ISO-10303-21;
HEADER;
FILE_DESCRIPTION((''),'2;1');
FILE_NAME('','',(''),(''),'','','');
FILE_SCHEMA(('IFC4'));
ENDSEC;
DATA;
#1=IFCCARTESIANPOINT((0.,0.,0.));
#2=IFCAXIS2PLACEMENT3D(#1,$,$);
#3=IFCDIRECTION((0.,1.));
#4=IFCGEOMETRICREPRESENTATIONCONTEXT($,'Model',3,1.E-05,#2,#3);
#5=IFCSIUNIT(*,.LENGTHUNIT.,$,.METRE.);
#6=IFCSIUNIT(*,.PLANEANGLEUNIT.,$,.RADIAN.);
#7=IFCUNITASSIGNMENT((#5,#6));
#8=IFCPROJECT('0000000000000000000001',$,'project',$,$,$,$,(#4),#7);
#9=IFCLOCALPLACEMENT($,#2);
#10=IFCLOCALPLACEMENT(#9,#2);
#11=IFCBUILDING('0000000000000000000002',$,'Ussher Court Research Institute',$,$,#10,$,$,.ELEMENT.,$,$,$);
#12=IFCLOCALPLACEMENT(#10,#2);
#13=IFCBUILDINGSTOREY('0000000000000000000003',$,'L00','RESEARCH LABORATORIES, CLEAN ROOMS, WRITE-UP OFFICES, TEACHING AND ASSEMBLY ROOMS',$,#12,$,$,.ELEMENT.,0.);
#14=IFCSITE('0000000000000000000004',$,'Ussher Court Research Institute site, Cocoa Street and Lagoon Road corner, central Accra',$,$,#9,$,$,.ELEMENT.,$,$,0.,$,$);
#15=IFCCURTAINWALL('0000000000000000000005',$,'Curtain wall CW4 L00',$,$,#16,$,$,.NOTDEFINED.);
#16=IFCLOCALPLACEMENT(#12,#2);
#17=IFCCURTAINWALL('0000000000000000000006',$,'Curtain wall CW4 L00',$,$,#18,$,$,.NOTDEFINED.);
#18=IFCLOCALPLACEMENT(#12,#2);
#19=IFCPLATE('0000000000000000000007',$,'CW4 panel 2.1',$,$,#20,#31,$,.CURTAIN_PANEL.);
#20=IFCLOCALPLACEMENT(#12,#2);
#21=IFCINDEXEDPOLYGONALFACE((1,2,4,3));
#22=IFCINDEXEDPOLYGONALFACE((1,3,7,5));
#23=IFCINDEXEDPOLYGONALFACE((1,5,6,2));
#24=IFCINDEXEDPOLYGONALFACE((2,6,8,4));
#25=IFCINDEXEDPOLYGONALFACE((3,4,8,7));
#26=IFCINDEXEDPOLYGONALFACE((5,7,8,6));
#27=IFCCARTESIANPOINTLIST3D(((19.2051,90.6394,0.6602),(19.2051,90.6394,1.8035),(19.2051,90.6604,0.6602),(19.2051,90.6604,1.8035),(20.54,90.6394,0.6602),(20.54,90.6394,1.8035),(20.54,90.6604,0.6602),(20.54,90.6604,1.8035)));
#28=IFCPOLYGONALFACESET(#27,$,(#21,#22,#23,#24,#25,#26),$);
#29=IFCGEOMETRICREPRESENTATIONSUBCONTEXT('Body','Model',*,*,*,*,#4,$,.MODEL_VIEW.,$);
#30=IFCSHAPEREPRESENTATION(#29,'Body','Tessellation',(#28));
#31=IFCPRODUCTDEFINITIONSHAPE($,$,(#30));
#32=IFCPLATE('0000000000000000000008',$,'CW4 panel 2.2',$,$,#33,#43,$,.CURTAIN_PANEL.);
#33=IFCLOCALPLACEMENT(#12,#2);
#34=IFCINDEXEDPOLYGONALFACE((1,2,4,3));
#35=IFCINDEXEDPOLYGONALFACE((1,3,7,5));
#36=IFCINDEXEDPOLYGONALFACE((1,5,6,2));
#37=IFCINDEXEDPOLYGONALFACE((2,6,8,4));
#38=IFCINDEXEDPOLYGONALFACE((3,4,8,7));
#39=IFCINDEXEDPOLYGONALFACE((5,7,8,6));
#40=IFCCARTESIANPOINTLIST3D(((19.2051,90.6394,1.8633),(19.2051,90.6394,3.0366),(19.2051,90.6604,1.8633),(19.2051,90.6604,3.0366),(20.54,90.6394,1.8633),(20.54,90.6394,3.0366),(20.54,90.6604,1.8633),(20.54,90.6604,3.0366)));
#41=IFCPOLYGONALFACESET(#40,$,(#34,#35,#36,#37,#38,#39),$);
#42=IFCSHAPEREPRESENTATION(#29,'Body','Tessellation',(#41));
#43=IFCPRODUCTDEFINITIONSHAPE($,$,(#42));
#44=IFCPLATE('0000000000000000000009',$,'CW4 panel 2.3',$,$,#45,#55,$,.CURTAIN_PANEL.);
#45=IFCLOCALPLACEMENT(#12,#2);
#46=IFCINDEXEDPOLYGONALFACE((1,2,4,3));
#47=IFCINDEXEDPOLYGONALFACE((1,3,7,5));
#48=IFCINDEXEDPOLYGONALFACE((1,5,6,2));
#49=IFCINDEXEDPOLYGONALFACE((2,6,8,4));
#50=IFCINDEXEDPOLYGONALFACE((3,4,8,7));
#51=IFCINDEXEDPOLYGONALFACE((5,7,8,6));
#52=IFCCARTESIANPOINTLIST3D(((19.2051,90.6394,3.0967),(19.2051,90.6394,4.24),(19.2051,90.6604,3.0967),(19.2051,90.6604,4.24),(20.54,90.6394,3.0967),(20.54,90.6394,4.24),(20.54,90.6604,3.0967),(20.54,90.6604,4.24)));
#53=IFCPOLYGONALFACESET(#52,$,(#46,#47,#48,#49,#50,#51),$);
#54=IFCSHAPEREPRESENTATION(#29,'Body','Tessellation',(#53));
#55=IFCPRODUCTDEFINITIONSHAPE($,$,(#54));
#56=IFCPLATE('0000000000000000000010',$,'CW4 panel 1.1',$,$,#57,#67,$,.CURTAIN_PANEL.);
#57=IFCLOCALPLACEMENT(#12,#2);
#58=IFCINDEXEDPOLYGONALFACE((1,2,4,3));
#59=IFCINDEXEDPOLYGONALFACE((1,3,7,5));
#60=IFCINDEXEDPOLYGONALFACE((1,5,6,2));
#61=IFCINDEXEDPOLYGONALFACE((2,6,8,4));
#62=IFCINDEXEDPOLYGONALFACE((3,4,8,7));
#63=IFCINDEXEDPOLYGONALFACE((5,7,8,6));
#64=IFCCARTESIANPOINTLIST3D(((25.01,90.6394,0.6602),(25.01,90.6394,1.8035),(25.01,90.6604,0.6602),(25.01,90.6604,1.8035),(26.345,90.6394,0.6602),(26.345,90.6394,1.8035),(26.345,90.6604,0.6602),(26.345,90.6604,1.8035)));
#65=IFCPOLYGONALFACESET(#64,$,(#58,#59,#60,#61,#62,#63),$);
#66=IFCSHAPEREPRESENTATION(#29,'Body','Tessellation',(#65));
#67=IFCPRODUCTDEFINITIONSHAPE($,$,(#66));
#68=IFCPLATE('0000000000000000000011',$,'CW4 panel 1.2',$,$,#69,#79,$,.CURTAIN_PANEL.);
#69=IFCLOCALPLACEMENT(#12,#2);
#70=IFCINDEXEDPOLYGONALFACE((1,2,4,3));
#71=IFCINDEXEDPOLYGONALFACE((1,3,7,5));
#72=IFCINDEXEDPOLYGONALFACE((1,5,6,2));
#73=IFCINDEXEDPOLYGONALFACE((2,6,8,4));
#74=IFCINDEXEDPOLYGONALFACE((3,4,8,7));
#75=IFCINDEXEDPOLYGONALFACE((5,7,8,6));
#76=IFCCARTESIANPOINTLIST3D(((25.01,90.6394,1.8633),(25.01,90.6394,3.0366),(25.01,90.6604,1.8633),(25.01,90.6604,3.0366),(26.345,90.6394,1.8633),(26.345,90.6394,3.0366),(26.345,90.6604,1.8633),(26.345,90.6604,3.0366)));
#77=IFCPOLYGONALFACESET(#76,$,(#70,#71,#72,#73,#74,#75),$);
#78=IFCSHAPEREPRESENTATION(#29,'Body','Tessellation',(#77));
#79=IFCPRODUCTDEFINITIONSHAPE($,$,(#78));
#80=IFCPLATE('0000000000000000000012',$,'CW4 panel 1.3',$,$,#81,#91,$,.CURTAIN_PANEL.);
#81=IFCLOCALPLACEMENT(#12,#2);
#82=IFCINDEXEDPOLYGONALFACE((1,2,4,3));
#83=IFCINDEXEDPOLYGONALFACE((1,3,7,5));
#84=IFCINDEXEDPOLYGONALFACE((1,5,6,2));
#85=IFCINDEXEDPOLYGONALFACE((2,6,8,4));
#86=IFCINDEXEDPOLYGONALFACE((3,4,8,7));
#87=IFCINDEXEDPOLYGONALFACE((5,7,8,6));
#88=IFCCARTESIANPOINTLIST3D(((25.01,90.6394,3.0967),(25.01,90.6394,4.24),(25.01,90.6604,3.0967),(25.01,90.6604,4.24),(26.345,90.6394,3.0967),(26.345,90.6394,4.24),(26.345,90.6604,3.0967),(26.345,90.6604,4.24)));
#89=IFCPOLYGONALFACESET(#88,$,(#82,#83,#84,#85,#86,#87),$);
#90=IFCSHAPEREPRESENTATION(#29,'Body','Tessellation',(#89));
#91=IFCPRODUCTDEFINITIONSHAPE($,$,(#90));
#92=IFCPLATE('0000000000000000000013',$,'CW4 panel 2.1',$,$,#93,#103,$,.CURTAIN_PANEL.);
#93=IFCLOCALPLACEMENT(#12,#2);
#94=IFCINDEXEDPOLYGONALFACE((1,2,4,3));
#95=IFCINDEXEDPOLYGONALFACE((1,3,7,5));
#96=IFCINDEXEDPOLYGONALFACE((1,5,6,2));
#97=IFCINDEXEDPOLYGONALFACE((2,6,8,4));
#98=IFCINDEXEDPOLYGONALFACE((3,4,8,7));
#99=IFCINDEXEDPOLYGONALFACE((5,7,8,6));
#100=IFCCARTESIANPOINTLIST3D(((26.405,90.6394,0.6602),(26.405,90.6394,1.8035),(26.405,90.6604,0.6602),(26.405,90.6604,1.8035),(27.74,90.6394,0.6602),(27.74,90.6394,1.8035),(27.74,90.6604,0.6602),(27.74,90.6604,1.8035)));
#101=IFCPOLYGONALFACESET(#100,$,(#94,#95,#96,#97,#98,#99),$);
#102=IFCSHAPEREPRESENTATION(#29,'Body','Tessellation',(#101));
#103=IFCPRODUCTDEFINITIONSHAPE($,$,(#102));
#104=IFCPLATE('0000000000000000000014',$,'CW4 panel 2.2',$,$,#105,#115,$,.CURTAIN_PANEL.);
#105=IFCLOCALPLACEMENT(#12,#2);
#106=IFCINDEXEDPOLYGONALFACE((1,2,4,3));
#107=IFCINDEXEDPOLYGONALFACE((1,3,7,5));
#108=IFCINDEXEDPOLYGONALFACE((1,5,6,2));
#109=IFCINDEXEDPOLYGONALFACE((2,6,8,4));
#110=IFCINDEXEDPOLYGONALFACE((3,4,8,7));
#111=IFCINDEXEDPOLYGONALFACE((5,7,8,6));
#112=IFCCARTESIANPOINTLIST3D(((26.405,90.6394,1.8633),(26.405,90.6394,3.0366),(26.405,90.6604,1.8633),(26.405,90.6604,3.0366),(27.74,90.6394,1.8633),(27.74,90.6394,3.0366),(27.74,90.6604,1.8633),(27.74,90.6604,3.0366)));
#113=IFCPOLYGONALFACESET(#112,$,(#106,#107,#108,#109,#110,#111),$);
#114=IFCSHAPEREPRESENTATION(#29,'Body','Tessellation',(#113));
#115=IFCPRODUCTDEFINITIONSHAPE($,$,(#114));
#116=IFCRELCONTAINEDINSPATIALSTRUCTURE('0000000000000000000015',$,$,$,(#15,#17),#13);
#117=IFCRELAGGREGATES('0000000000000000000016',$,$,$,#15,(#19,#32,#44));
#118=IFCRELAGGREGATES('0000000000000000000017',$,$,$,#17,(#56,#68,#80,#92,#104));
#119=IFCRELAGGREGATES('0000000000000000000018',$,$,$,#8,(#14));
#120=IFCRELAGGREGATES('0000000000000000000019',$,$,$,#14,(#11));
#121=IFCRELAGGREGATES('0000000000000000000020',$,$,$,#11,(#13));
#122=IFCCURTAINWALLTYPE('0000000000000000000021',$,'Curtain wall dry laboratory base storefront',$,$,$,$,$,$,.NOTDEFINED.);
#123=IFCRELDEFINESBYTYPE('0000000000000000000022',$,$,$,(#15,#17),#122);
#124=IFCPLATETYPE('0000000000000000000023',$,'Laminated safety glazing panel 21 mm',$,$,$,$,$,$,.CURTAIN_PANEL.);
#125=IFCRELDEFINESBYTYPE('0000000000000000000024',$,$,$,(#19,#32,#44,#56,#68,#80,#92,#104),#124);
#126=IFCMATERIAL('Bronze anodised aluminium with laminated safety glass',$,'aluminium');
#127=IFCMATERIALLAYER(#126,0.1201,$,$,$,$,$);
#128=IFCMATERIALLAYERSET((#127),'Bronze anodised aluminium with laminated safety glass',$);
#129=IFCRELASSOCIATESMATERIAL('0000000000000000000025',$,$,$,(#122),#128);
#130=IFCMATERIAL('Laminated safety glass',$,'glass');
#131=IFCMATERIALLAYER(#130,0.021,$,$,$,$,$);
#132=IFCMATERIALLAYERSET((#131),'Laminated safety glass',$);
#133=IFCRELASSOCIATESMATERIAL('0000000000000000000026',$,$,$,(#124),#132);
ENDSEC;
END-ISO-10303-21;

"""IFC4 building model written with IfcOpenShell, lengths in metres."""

from ifc_helpers import new_model, si_unit, direction, frame, origin, origin_2d, place, context, subcontext, project, spatial, rectangle, extrude, material, layer, layer_set, type_object, element, aggregate, save


model = new_model("IFC4")

# Units and contexts
model_context = context("Model", 3, precision=1e-05, world=origin(), true_north=direction((0.0, 1.0)))
body_context = subcontext(model_context, "Body", "Model", "MODEL_VIEW")
ifc_project = project(units=[si_unit("LENGTHUNIT", "METRE"), si_unit("PLANEANGLEUNIT", "RADIAN")], contexts=[model_context])

# Site, building, storey
site_placement = place(None, origin())
site = spatial("IfcSite", under=ifc_project, at=site_placement, Name="Ussher Court Research Institute site, Cocoa Street and Lagoon Road corner, central Accra", CompositionType="ELEMENT", RefElevation=0.0)
building_placement = place(site_placement, origin())
building = spatial("IfcBuilding", under=site, at=building_placement, Name="Ussher Court Research Institute", CompositionType="ELEMENT")
storey_placement = place(building_placement, origin())
storey = spatial("IfcBuildingStorey", under=building, at=storey_placement, Name="L00", Description="RESEARCH LABORATORIES, CLEAN ROOMS, WRITE-UP OFFICES, TEACHING AND ASSEMBLY ROOMS", CompositionType="ELEMENT", Elevation=0.0)

# Curtain wall
ifc_material_1 = material(Name="Bronze anodised aluminium with laminated safety glass", Category="aluminium")
ifc_layer_1 = layer(ifc_material_1, 0.1201)
ifc_layer_set_1 = layer_set([ifc_layer_1], Name="Bronze anodised aluminium with laminated safety glass")
curtain_wall_type = type_object("IfcCurtainWallType", Name="Curtain wall dry laboratory base storefront", PredefinedType="NOTDEFINED", material=ifc_layer_set_1)
curtain_wall_1_placement = place(storey_placement, origin())
curtain_wall_1 = element("IfcCurtainWall", 1, at=curtain_wall_1_placement, inside=storey, type_object=curtain_wall_type, Name="Curtain wall CW4 L00", PredefinedType="NOTDEFINED")

# Curtain wall
curtain_wall_2_placement = place(storey_placement, origin())
curtain_wall_2 = element("IfcCurtainWall", 2, at=curtain_wall_2_placement, inside=storey, type_object=curtain_wall_type, Name="Curtain wall CW4 L00", PredefinedType="NOTDEFINED")

# Plates
ifc_material_2 = material(Name="Laminated safety glass", Category="glass")
ifc_layer_2 = layer(ifc_material_2, 0.021)
ifc_layer_set_2 = layer_set([ifc_layer_2], Name="Laminated safety glass")
plate_type = type_object("IfcPlateType", Name="Laminated safety glazing panel 21 mm", PredefinedType="CURTAIN_PANEL", material=ifc_layer_set_2)
plate_1_placement = place(storey_placement, frame((19.8726, 90.6499, 0.6602), z_axis=(0.0, 0.0, 1.0), x_axis=(1.0, 0.0, 0.0)))
plate_1 = element("IfcPlate", 3, at=plate_1_placement, type_object=plate_type, Name="CW4 panel 2.1", PredefinedType="CURTAIN_PANEL", context=body_context, shape_type="SweptSolid", body=[
    extrude(rectangle(XDim=1.335, YDim=0.021, at=origin_2d()), origin(), (0.0, 0.0, 1.0), 1.1433),
])
plate_2_placement = place(storey_placement, frame((19.8726, 90.6499, 1.8633), z_axis=(0.0, 0.0, 1.0), x_axis=(1.0, 0.0, 0.0)))
plate_2 = element("IfcPlate", 4, at=plate_2_placement, type_object=plate_type, Name="CW4 panel 2.2", PredefinedType="CURTAIN_PANEL", context=body_context, shape_type="SweptSolid", body=[
    extrude(rectangle(XDim=1.335, YDim=0.021, at=origin_2d()), origin(), (0.0, 0.0, 1.0), 1.1733),
])
plate_3_placement = place(storey_placement, frame((19.8726, 90.6499, 3.0967), z_axis=(0.0, 0.0, 1.0), x_axis=(1.0, 0.0, 0.0)))
plate_3 = element("IfcPlate", 5, at=plate_3_placement, type_object=plate_type, Name="CW4 panel 2.3", PredefinedType="CURTAIN_PANEL", context=body_context, shape_type="SweptSolid", body=[
    extrude(rectangle(XDim=1.335, YDim=0.021, at=origin_2d()), origin(), (0.0, 0.0, 1.0), 1.1433),
])
aggregate(curtain_wall_1, [plate_1, plate_2, plate_3])
plate_4_placement = place(storey_placement, frame((25.6775, 90.6499, 0.6602), z_axis=(0.0, 0.0, 1.0), x_axis=(1.0, 0.0, 0.0)))
plate_4 = element("IfcPlate", 6, at=plate_4_placement, type_object=plate_type, Name="CW4 panel 1.1", PredefinedType="CURTAIN_PANEL", context=body_context, shape_type="SweptSolid", body=[
    extrude(rectangle(XDim=1.335, YDim=0.021, at=origin_2d()), origin(), (0.0, 0.0, 1.0), 1.1433),
])
plate_5_placement = place(storey_placement, frame((25.6775, 90.6499, 1.8633), z_axis=(0.0, 0.0, 1.0), x_axis=(1.0, 0.0, 0.0)))
plate_5 = element("IfcPlate", 7, at=plate_5_placement, type_object=plate_type, Name="CW4 panel 1.2", PredefinedType="CURTAIN_PANEL", context=body_context, shape_type="SweptSolid", body=[
    extrude(rectangle(XDim=1.335, YDim=0.021, at=origin_2d()), origin(), (0.0, 0.0, 1.0), 1.1733),
])
plate_6_placement = place(storey_placement, frame((25.6775, 90.6499, 3.0967), z_axis=(0.0, 0.0, 1.0), x_axis=(1.0, 0.0, 0.0)))
plate_6 = element("IfcPlate", 8, at=plate_6_placement, type_object=plate_type, Name="CW4 panel 1.3", PredefinedType="CURTAIN_PANEL", context=body_context, shape_type="SweptSolid", body=[
    extrude(rectangle(XDim=1.335, YDim=0.021, at=origin_2d()), origin(), (0.0, 0.0, 1.0), 1.1433),
])
plate_7_placement = place(storey_placement, frame((27.0725, 90.6499, 0.6602), z_axis=(0.0, 0.0, 1.0), x_axis=(1.0, 0.0, 0.0)))
plate_7 = element("IfcPlate", 9, at=plate_7_placement, type_object=plate_type, Name="CW4 panel 2.1", PredefinedType="CURTAIN_PANEL", context=body_context, shape_type="SweptSolid", body=[
    extrude(rectangle(XDim=1.335, YDim=0.021, at=origin_2d()), origin(), (0.0, 0.0, 1.0), 1.1433),
])
plate_8_placement = place(storey_placement, frame((27.0725, 90.6499, 1.8633), z_axis=(0.0, 0.0, 1.0), x_axis=(1.0, 0.0, 0.0)))
plate_8 = element("IfcPlate", 10, at=plate_8_placement, type_object=plate_type, Name="CW4 panel 2.2", PredefinedType="CURTAIN_PANEL", context=body_context, shape_type="SweptSolid", body=[
    extrude(rectangle(XDim=1.335, YDim=0.021, at=origin_2d()), origin(), (0.0, 0.0, 1.0), 1.1733),
])
aggregate(curtain_wall_2, [plate_4, plate_5, plate_6, plate_7, plate_8])

save(model, "model.ifc")
